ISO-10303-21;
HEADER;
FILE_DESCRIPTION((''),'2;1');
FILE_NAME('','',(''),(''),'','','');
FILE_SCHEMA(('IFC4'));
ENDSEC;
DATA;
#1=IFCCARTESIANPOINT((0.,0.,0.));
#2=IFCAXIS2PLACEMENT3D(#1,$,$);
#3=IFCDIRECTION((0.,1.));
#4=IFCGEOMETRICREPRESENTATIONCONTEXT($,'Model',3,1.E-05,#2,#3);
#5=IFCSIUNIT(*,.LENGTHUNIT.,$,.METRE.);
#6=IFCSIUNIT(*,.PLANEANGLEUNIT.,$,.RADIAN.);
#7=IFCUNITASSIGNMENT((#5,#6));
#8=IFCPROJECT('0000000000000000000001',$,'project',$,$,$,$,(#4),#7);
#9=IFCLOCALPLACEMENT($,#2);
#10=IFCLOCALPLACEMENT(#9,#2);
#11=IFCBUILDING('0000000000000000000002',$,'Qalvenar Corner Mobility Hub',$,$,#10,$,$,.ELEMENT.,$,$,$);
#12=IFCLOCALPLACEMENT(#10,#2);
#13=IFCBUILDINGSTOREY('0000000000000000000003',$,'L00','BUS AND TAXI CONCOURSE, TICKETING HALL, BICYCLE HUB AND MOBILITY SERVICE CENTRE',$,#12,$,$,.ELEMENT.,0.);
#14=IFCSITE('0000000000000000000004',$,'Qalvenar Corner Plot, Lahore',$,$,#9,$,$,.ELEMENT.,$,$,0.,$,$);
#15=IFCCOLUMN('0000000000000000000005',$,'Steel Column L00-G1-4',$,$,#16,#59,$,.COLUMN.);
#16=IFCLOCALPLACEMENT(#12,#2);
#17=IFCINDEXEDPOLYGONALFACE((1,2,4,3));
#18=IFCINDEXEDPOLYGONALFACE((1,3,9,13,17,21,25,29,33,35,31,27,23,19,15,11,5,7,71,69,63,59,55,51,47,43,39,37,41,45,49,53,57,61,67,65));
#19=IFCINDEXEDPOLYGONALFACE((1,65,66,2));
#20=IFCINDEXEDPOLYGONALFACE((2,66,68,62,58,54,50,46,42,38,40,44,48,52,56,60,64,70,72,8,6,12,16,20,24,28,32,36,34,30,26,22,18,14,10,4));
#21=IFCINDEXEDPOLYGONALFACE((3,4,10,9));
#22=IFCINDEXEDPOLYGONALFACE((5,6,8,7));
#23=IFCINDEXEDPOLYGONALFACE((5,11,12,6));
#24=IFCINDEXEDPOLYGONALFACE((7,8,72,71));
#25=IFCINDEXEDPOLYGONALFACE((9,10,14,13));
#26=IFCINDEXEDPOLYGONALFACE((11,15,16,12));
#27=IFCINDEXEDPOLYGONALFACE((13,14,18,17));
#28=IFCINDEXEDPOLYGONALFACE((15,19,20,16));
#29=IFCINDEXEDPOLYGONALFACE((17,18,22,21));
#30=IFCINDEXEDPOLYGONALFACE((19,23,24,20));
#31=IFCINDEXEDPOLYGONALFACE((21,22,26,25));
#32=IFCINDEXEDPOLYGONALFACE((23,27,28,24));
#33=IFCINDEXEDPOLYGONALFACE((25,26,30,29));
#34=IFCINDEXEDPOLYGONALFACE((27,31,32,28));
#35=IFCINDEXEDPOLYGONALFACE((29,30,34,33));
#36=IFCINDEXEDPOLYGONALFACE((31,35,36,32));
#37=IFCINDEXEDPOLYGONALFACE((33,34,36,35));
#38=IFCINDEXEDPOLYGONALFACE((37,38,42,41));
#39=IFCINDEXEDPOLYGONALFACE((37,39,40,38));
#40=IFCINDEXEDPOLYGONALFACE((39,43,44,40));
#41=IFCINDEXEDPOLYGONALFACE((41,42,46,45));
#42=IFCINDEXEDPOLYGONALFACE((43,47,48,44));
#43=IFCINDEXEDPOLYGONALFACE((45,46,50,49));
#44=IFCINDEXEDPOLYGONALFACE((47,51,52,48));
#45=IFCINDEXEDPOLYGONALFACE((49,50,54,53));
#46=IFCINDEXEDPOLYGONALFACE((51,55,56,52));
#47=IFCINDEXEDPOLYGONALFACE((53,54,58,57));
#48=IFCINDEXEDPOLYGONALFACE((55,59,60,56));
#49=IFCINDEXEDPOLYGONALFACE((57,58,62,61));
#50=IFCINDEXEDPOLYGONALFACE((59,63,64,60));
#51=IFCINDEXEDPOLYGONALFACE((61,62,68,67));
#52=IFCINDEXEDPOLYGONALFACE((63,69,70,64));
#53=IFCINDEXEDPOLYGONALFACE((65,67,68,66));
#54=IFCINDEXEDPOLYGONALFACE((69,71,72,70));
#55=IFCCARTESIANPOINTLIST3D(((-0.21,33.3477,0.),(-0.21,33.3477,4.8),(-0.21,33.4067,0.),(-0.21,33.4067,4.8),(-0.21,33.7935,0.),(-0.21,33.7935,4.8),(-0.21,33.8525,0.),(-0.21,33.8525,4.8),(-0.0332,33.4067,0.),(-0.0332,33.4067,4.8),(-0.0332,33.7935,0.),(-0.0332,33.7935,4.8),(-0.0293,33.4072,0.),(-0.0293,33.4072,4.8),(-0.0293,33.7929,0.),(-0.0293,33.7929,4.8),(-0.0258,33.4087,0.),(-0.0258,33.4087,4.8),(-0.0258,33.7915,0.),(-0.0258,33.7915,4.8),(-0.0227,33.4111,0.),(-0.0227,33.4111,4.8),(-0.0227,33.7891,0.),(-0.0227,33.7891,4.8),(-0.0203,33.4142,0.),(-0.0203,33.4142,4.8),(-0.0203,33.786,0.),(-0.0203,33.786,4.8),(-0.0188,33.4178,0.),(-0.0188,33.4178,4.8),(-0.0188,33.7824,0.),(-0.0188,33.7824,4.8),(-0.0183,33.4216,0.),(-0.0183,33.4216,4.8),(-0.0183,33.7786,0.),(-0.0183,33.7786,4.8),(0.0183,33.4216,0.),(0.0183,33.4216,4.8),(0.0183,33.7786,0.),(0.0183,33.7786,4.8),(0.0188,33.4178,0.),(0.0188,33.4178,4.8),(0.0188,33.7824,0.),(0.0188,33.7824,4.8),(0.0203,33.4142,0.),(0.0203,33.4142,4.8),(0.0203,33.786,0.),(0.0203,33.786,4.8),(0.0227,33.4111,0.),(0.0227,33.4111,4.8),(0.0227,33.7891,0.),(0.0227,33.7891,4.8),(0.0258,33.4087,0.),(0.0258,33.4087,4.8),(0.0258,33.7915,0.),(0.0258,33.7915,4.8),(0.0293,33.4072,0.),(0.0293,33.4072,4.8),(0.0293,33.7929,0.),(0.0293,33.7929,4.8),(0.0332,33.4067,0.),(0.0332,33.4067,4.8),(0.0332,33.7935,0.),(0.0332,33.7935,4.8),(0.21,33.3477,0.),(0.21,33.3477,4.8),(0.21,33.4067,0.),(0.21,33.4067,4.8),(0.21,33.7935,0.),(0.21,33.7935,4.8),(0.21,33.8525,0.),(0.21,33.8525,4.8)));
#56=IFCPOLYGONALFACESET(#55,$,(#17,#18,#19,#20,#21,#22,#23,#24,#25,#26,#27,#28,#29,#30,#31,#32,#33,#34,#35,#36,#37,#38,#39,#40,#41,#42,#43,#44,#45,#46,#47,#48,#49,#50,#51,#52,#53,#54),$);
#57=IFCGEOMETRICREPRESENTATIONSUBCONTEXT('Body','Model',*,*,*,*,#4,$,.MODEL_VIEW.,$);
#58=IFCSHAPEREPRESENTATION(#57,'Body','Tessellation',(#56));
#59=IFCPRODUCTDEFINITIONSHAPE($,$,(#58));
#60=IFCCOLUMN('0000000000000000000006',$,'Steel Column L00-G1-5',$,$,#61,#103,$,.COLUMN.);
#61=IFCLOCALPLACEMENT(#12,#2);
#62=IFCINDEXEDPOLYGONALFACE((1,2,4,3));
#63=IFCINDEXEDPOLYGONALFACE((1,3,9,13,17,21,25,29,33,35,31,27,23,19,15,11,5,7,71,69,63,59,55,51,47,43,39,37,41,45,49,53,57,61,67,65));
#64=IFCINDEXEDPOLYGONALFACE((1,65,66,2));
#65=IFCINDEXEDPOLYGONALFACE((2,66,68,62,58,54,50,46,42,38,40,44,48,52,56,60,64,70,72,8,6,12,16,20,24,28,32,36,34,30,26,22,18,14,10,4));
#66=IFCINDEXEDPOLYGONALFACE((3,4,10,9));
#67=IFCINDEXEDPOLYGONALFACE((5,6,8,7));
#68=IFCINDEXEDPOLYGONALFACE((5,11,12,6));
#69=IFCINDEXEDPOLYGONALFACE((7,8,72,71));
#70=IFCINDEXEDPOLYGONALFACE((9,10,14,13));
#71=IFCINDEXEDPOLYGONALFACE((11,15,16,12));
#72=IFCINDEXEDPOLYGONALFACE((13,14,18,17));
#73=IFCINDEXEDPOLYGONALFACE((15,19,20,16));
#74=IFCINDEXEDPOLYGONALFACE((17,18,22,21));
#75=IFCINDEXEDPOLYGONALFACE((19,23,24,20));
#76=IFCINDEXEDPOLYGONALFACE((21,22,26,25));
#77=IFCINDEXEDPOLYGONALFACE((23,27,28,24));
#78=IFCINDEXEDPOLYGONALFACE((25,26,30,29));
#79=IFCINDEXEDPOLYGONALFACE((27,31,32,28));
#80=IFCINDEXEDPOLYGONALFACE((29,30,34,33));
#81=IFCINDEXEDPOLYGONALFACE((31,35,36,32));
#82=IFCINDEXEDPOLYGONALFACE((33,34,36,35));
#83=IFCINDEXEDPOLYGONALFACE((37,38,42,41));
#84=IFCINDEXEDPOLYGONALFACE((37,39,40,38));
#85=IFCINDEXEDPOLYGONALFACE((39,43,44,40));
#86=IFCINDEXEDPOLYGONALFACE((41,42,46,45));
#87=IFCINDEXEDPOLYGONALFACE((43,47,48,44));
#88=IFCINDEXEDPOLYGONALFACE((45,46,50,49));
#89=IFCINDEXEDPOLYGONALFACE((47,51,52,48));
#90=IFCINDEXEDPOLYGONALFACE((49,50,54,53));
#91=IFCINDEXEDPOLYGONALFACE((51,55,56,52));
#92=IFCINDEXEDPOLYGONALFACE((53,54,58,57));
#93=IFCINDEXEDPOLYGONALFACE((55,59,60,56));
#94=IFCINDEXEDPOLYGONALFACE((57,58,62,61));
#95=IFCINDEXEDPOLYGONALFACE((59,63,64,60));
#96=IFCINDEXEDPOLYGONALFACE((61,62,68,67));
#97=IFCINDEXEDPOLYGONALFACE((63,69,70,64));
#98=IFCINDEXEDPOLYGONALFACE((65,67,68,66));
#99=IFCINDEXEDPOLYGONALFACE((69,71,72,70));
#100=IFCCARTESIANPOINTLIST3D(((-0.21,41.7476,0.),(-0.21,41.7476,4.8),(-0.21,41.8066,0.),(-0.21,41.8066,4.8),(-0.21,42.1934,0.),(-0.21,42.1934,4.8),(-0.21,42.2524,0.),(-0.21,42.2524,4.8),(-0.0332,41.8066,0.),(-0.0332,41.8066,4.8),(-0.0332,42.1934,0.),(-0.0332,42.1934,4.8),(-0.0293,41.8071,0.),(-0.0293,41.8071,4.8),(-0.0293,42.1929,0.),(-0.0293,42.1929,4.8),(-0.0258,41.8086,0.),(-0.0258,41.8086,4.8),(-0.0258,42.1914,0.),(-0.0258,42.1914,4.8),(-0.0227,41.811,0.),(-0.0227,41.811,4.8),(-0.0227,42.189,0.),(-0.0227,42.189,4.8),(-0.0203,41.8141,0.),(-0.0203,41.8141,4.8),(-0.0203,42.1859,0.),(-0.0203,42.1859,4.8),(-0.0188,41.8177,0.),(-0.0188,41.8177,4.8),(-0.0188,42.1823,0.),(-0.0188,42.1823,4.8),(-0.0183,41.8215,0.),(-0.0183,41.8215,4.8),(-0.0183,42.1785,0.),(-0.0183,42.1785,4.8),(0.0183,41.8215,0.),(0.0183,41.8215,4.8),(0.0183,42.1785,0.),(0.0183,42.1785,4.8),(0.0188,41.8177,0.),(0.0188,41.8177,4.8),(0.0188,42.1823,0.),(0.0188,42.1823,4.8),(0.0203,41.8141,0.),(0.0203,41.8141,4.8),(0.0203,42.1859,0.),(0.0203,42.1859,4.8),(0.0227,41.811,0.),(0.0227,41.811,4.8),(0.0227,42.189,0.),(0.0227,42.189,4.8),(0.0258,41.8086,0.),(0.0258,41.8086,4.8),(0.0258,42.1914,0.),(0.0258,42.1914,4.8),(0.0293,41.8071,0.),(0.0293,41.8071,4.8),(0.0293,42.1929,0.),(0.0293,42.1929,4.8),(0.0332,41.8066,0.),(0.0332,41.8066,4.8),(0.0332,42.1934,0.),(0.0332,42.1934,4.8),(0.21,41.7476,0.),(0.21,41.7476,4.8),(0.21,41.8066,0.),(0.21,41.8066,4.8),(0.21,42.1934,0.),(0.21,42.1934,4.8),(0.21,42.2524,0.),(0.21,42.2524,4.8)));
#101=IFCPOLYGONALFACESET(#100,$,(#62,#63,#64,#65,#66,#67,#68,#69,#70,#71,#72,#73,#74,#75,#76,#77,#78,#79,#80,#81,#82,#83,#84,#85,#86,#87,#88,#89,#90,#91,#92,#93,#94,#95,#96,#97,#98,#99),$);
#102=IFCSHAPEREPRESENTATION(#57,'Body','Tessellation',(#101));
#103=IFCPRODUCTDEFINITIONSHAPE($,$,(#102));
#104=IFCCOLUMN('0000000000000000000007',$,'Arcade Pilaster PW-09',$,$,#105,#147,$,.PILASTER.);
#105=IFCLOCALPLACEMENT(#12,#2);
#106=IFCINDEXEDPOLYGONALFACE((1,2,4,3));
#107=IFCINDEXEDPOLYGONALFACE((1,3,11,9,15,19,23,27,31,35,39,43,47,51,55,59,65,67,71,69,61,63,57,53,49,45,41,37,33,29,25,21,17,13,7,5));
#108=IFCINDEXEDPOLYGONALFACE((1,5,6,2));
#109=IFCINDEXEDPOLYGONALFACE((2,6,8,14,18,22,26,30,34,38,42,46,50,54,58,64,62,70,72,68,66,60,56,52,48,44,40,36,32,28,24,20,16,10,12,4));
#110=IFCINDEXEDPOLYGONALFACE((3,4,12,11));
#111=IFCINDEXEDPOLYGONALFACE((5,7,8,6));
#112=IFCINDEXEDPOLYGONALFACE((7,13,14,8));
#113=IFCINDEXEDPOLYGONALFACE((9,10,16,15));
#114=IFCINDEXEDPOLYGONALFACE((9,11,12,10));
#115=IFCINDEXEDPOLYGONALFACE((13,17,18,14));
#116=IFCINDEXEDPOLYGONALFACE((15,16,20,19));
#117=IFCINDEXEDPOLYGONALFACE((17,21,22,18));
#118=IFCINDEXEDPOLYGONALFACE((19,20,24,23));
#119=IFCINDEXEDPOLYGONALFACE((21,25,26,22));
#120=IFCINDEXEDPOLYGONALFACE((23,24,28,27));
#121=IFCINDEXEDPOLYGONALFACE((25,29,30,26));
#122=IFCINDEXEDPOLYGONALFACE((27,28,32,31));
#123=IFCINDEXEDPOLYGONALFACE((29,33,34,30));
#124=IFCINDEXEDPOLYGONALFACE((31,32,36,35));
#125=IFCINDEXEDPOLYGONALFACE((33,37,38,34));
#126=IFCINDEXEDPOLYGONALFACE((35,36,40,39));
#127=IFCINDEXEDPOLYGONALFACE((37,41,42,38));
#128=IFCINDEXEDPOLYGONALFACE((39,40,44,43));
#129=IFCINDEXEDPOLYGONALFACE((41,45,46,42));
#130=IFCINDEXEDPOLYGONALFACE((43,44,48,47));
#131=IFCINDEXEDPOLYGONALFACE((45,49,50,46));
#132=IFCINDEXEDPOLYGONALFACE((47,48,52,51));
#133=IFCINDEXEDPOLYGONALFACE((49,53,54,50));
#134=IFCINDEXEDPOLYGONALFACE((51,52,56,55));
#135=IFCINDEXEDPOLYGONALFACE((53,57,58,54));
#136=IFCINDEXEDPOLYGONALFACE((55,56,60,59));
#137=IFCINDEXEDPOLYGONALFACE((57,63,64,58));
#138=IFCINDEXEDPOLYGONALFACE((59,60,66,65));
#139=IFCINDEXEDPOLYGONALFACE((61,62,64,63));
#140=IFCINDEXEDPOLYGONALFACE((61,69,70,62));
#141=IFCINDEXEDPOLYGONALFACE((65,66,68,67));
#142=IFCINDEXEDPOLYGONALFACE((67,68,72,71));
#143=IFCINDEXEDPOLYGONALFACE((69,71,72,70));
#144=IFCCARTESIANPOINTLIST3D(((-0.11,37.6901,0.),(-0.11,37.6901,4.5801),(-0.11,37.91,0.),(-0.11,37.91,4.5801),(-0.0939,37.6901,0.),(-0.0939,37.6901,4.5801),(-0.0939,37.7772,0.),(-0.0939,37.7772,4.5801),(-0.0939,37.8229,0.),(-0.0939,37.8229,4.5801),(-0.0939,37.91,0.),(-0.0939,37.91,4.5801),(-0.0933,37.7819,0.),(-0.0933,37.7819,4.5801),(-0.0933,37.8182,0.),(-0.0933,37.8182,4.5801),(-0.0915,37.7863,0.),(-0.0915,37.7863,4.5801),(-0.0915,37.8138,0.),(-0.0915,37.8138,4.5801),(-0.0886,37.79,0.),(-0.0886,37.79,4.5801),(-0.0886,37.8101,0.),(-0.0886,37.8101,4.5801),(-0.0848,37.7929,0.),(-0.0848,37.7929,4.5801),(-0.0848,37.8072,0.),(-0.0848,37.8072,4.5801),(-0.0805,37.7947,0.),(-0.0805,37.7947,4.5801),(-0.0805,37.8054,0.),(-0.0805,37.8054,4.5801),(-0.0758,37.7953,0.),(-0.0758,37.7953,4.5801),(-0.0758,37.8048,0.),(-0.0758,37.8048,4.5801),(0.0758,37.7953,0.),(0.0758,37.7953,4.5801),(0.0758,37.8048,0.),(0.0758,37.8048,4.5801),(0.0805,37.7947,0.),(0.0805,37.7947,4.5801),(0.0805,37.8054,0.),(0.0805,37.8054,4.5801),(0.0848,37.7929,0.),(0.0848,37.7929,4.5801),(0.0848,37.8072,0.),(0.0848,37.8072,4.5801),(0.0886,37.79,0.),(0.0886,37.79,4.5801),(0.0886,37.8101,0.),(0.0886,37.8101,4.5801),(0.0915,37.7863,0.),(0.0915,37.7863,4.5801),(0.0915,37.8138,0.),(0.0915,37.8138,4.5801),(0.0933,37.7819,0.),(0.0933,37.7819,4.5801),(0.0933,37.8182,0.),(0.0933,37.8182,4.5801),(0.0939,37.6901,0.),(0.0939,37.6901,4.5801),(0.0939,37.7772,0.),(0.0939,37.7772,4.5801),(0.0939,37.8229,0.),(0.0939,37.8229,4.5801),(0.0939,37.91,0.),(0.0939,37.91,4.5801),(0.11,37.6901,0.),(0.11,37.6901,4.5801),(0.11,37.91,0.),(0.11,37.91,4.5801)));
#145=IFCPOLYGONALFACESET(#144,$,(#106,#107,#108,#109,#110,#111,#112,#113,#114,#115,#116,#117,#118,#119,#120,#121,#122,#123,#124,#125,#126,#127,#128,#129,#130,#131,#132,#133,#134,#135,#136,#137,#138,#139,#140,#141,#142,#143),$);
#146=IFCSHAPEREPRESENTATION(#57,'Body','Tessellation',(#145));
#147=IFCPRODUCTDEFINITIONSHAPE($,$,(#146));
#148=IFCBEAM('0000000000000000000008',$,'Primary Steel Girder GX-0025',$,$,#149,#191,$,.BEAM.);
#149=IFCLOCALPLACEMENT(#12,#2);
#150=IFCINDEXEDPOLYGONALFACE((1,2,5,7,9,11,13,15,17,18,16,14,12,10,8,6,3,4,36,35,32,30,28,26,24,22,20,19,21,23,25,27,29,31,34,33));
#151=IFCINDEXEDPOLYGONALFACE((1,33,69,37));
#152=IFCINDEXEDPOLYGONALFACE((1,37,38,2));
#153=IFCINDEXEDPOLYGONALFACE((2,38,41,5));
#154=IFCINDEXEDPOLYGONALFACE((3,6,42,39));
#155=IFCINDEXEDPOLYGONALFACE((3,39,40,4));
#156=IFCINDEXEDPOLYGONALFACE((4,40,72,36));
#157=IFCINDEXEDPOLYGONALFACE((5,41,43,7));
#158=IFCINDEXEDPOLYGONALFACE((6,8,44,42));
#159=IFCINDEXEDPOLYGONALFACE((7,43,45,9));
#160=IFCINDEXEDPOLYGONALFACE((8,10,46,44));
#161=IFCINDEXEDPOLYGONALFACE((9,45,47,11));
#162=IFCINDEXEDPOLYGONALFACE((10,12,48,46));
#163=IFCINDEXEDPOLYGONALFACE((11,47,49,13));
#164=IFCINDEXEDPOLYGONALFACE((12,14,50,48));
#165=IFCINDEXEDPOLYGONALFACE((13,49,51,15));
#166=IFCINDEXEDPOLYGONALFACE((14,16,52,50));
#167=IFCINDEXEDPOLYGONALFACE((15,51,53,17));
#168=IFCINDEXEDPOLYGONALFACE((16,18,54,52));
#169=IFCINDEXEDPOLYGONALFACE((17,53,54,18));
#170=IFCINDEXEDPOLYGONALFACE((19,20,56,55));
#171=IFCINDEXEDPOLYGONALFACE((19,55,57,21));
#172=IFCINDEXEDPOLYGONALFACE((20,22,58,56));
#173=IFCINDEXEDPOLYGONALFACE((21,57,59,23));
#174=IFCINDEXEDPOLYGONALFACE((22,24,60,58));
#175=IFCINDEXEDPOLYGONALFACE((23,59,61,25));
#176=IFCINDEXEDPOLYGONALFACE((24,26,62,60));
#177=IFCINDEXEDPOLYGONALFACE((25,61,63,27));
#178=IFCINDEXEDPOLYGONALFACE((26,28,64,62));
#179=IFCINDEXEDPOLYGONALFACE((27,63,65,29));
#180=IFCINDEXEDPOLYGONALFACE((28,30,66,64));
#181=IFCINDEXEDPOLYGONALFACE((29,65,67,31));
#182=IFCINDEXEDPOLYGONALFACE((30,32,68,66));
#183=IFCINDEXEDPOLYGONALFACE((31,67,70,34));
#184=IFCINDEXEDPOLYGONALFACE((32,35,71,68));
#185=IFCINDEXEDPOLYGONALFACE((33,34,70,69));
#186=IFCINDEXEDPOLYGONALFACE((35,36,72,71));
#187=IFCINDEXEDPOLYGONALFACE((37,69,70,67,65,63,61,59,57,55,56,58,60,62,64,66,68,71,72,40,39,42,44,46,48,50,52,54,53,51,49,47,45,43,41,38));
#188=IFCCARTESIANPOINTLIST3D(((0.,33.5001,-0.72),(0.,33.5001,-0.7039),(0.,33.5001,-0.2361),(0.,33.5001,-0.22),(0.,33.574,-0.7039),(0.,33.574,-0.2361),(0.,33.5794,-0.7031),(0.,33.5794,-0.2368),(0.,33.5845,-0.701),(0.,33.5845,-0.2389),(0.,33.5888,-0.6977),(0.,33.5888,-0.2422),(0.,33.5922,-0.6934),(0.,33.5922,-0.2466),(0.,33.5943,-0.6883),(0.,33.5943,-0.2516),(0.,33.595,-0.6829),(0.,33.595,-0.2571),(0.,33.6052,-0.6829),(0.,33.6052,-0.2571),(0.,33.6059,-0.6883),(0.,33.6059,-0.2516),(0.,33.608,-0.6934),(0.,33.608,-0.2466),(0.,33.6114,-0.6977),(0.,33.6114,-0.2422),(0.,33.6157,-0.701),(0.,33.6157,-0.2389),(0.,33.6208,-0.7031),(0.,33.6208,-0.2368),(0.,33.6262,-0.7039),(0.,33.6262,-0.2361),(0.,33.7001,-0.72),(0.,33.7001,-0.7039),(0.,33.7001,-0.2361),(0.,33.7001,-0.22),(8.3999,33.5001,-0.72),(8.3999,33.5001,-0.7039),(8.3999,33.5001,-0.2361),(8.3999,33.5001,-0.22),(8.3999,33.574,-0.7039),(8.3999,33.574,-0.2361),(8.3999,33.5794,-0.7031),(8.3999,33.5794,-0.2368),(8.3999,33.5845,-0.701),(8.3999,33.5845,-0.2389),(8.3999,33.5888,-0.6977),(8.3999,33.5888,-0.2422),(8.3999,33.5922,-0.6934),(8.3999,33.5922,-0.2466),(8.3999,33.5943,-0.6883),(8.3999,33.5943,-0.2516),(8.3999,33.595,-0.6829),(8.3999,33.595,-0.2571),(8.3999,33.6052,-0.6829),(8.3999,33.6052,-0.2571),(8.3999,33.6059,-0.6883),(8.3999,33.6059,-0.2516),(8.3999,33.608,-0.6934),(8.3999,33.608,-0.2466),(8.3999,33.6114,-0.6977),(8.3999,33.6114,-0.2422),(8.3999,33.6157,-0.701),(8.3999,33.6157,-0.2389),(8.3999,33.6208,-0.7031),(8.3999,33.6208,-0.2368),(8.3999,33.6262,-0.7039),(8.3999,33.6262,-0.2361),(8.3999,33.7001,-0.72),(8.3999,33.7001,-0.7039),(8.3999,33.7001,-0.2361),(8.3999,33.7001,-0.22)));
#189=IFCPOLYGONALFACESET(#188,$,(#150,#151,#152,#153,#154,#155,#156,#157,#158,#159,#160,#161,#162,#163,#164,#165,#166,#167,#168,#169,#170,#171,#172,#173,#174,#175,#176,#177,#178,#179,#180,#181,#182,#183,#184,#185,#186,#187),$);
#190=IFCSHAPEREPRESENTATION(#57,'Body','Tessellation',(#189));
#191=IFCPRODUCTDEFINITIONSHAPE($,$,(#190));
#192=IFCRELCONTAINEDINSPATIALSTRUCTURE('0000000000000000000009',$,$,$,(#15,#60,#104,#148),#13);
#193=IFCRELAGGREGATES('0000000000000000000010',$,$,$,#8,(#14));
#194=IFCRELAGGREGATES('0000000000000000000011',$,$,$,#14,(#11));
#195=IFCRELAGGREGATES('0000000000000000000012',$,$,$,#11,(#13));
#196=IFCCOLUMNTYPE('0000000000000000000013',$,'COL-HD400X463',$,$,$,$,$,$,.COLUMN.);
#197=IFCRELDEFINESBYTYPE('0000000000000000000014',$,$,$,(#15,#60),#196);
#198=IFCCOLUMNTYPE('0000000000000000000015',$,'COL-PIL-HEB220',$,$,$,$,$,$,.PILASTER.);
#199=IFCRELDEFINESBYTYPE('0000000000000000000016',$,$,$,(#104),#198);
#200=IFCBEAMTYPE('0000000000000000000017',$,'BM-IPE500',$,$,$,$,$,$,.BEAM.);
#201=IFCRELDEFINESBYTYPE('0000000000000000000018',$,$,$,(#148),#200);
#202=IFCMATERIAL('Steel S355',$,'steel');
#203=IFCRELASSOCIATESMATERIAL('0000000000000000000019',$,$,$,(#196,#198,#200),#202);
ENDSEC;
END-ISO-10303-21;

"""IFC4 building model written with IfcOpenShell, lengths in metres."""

from ifc_helpers import new_model, si_unit, direction, frame, origin, origin_2d, place, context, subcontext, project, spatial, i_section, extrude, material, material_profile, profile_set, type_object, element, save


model = new_model("IFC4")

# Units and contexts
model_context = context("Model", 3, precision=1e-05, world=origin(), true_north=direction((0.0, 1.0)))
body_context = subcontext(model_context, "Body", "Model", "MODEL_VIEW")
ifc_project = project(units=[si_unit("LENGTHUNIT", "METRE"), si_unit("PLANEANGLEUNIT", "RADIAN")], contexts=[model_context])

# Site, building, storey
site_placement = place(None, origin())
site = spatial("IfcSite", under=ifc_project, at=site_placement, Name="Qalvenar Corner Plot, Lahore", CompositionType="ELEMENT", RefElevation=0.0)
building_placement = place(site_placement, origin())
building = spatial("IfcBuilding", under=site, at=building_placement, Name="Qalvenar Corner Mobility Hub", CompositionType="ELEMENT")
storey_placement = place(building_placement, origin())
storey = spatial("IfcBuildingStorey", under=building, at=storey_placement, Name="L00", Description="BUS AND TAXI CONCOURSE, TICKETING HALL, BICYCLE HUB AND MOBILITY SERVICE CENTRE", CompositionType="ELEMENT", Elevation=0.0)

# Columns
ifc_material_1 = material(Name="Steel S355", Category="steel")
ifc_material_profile_1 = material_profile(ifc_material_1, i_section(OverallWidth=0.4199, OverallDepth=0.5049, WebThickness=0.0366, FlangeThickness=0.0591, FilletRadius=0.0149, at=origin_2d()), Name="HD400x551")
ifc_profile_set_1 = profile_set([ifc_material_profile_1], Name="Steel S355")
column_type_1 = type_object("IfcColumnType", Name="COL-HD400X463", PredefinedType="COLUMN", material=ifc_profile_set_1)
for number, where, z_axis, x_axis, name in (
    (1, (0.0, 33.6001, 0.0), (0.0, 0.0, 1.0), (1.0, 0.0, 0.0), "Steel Column L00-G1-4"),
    (2, (0.0, 42.0, 0.0), (0.0, 0.0, 1.0), (1.0, 0.0, 0.0), "Steel Column L00-G1-5"),
):
    element("IfcColumn", number, at=place(storey_placement, frame(where, z_axis=z_axis, x_axis=x_axis)), inside=storey, type_object=column_type_1, Name=name, PredefinedType="COLUMN", context=body_context, shape_type="SweptSolid", body=[
        extrude(i_section(OverallWidth=0.4199, OverallDepth=0.5049, WebThickness=0.0366, FlangeThickness=0.0591, FilletRadius=0.0149, at=origin_2d()), origin(), (0.0, 0.0, 1.0), 4.8),
    ])
ifc_material_profile_2 = material_profile(ifc_material_1, i_section(OverallWidth=0.22, OverallDepth=0.22, WebThickness=0.0095, FlangeThickness=0.0161, FilletRadius=0.0181, at=origin_2d()), Name="HEB220")
ifc_profile_set_2 = profile_set([ifc_material_profile_2], Name="Steel S355")
column_type_2 = type_object("IfcColumnType", Name="COL-PIL-HEB220", PredefinedType="PILASTER", material=ifc_profile_set_2)
column_placement = place(storey_placement, frame((0.0, 37.8, 0.0), z_axis=(0.0, 0.0, 1.0), x_axis=(0.0, 1.0, 0.0)))
element("IfcColumn", 3, at=column_placement, inside=storey, type_object=column_type_2, Name="Arcade Pilaster PW-09", PredefinedType="PILASTER", context=body_context, shape_type="SweptSolid", body=[
    extrude(i_section(OverallWidth=0.22, OverallDepth=0.22, WebThickness=0.0095, FlangeThickness=0.0161, FilletRadius=0.0181, at=origin_2d()), origin(), (0.0, 0.0, 1.0), 4.5801),
])

# Beam
ifc_material_profile_3 = material_profile(ifc_material_1, i_section(OverallWidth=0.2, OverallDepth=0.5, WebThickness=0.0103, FlangeThickness=0.0161, FilletRadius=0.021, at=origin_2d()), Name="IPE500")
ifc_profile_set_3 = profile_set([ifc_material_profile_3], Name="Steel S355")
beam_type_1 = type_object("IfcBeamType", Name="BM-IPE500", PredefinedType="BEAM", material=ifc_profile_set_3)
beam_1_placement = place(storey_placement, frame((0.0, 33.6001, -0.47), z_axis=(1.0, 0.0, 0.0), x_axis=(0.0, 1.0, 0.0)))
element("IfcBeam", 4, at=beam_1_placement, inside=storey, type_object=beam_type_1, Name="Primary Steel Girder GX-0025", PredefinedType="BEAM", context=body_context, shape_type="SweptSolid", body=[
    extrude(i_section(OverallWidth=0.2, OverallDepth=0.5, WebThickness=0.0103, FlangeThickness=0.0161, FilletRadius=0.021, at=origin_2d()), origin(), (0.0, 0.0, 1.0), 8.3999),
])

save(model, "model.ifc")
